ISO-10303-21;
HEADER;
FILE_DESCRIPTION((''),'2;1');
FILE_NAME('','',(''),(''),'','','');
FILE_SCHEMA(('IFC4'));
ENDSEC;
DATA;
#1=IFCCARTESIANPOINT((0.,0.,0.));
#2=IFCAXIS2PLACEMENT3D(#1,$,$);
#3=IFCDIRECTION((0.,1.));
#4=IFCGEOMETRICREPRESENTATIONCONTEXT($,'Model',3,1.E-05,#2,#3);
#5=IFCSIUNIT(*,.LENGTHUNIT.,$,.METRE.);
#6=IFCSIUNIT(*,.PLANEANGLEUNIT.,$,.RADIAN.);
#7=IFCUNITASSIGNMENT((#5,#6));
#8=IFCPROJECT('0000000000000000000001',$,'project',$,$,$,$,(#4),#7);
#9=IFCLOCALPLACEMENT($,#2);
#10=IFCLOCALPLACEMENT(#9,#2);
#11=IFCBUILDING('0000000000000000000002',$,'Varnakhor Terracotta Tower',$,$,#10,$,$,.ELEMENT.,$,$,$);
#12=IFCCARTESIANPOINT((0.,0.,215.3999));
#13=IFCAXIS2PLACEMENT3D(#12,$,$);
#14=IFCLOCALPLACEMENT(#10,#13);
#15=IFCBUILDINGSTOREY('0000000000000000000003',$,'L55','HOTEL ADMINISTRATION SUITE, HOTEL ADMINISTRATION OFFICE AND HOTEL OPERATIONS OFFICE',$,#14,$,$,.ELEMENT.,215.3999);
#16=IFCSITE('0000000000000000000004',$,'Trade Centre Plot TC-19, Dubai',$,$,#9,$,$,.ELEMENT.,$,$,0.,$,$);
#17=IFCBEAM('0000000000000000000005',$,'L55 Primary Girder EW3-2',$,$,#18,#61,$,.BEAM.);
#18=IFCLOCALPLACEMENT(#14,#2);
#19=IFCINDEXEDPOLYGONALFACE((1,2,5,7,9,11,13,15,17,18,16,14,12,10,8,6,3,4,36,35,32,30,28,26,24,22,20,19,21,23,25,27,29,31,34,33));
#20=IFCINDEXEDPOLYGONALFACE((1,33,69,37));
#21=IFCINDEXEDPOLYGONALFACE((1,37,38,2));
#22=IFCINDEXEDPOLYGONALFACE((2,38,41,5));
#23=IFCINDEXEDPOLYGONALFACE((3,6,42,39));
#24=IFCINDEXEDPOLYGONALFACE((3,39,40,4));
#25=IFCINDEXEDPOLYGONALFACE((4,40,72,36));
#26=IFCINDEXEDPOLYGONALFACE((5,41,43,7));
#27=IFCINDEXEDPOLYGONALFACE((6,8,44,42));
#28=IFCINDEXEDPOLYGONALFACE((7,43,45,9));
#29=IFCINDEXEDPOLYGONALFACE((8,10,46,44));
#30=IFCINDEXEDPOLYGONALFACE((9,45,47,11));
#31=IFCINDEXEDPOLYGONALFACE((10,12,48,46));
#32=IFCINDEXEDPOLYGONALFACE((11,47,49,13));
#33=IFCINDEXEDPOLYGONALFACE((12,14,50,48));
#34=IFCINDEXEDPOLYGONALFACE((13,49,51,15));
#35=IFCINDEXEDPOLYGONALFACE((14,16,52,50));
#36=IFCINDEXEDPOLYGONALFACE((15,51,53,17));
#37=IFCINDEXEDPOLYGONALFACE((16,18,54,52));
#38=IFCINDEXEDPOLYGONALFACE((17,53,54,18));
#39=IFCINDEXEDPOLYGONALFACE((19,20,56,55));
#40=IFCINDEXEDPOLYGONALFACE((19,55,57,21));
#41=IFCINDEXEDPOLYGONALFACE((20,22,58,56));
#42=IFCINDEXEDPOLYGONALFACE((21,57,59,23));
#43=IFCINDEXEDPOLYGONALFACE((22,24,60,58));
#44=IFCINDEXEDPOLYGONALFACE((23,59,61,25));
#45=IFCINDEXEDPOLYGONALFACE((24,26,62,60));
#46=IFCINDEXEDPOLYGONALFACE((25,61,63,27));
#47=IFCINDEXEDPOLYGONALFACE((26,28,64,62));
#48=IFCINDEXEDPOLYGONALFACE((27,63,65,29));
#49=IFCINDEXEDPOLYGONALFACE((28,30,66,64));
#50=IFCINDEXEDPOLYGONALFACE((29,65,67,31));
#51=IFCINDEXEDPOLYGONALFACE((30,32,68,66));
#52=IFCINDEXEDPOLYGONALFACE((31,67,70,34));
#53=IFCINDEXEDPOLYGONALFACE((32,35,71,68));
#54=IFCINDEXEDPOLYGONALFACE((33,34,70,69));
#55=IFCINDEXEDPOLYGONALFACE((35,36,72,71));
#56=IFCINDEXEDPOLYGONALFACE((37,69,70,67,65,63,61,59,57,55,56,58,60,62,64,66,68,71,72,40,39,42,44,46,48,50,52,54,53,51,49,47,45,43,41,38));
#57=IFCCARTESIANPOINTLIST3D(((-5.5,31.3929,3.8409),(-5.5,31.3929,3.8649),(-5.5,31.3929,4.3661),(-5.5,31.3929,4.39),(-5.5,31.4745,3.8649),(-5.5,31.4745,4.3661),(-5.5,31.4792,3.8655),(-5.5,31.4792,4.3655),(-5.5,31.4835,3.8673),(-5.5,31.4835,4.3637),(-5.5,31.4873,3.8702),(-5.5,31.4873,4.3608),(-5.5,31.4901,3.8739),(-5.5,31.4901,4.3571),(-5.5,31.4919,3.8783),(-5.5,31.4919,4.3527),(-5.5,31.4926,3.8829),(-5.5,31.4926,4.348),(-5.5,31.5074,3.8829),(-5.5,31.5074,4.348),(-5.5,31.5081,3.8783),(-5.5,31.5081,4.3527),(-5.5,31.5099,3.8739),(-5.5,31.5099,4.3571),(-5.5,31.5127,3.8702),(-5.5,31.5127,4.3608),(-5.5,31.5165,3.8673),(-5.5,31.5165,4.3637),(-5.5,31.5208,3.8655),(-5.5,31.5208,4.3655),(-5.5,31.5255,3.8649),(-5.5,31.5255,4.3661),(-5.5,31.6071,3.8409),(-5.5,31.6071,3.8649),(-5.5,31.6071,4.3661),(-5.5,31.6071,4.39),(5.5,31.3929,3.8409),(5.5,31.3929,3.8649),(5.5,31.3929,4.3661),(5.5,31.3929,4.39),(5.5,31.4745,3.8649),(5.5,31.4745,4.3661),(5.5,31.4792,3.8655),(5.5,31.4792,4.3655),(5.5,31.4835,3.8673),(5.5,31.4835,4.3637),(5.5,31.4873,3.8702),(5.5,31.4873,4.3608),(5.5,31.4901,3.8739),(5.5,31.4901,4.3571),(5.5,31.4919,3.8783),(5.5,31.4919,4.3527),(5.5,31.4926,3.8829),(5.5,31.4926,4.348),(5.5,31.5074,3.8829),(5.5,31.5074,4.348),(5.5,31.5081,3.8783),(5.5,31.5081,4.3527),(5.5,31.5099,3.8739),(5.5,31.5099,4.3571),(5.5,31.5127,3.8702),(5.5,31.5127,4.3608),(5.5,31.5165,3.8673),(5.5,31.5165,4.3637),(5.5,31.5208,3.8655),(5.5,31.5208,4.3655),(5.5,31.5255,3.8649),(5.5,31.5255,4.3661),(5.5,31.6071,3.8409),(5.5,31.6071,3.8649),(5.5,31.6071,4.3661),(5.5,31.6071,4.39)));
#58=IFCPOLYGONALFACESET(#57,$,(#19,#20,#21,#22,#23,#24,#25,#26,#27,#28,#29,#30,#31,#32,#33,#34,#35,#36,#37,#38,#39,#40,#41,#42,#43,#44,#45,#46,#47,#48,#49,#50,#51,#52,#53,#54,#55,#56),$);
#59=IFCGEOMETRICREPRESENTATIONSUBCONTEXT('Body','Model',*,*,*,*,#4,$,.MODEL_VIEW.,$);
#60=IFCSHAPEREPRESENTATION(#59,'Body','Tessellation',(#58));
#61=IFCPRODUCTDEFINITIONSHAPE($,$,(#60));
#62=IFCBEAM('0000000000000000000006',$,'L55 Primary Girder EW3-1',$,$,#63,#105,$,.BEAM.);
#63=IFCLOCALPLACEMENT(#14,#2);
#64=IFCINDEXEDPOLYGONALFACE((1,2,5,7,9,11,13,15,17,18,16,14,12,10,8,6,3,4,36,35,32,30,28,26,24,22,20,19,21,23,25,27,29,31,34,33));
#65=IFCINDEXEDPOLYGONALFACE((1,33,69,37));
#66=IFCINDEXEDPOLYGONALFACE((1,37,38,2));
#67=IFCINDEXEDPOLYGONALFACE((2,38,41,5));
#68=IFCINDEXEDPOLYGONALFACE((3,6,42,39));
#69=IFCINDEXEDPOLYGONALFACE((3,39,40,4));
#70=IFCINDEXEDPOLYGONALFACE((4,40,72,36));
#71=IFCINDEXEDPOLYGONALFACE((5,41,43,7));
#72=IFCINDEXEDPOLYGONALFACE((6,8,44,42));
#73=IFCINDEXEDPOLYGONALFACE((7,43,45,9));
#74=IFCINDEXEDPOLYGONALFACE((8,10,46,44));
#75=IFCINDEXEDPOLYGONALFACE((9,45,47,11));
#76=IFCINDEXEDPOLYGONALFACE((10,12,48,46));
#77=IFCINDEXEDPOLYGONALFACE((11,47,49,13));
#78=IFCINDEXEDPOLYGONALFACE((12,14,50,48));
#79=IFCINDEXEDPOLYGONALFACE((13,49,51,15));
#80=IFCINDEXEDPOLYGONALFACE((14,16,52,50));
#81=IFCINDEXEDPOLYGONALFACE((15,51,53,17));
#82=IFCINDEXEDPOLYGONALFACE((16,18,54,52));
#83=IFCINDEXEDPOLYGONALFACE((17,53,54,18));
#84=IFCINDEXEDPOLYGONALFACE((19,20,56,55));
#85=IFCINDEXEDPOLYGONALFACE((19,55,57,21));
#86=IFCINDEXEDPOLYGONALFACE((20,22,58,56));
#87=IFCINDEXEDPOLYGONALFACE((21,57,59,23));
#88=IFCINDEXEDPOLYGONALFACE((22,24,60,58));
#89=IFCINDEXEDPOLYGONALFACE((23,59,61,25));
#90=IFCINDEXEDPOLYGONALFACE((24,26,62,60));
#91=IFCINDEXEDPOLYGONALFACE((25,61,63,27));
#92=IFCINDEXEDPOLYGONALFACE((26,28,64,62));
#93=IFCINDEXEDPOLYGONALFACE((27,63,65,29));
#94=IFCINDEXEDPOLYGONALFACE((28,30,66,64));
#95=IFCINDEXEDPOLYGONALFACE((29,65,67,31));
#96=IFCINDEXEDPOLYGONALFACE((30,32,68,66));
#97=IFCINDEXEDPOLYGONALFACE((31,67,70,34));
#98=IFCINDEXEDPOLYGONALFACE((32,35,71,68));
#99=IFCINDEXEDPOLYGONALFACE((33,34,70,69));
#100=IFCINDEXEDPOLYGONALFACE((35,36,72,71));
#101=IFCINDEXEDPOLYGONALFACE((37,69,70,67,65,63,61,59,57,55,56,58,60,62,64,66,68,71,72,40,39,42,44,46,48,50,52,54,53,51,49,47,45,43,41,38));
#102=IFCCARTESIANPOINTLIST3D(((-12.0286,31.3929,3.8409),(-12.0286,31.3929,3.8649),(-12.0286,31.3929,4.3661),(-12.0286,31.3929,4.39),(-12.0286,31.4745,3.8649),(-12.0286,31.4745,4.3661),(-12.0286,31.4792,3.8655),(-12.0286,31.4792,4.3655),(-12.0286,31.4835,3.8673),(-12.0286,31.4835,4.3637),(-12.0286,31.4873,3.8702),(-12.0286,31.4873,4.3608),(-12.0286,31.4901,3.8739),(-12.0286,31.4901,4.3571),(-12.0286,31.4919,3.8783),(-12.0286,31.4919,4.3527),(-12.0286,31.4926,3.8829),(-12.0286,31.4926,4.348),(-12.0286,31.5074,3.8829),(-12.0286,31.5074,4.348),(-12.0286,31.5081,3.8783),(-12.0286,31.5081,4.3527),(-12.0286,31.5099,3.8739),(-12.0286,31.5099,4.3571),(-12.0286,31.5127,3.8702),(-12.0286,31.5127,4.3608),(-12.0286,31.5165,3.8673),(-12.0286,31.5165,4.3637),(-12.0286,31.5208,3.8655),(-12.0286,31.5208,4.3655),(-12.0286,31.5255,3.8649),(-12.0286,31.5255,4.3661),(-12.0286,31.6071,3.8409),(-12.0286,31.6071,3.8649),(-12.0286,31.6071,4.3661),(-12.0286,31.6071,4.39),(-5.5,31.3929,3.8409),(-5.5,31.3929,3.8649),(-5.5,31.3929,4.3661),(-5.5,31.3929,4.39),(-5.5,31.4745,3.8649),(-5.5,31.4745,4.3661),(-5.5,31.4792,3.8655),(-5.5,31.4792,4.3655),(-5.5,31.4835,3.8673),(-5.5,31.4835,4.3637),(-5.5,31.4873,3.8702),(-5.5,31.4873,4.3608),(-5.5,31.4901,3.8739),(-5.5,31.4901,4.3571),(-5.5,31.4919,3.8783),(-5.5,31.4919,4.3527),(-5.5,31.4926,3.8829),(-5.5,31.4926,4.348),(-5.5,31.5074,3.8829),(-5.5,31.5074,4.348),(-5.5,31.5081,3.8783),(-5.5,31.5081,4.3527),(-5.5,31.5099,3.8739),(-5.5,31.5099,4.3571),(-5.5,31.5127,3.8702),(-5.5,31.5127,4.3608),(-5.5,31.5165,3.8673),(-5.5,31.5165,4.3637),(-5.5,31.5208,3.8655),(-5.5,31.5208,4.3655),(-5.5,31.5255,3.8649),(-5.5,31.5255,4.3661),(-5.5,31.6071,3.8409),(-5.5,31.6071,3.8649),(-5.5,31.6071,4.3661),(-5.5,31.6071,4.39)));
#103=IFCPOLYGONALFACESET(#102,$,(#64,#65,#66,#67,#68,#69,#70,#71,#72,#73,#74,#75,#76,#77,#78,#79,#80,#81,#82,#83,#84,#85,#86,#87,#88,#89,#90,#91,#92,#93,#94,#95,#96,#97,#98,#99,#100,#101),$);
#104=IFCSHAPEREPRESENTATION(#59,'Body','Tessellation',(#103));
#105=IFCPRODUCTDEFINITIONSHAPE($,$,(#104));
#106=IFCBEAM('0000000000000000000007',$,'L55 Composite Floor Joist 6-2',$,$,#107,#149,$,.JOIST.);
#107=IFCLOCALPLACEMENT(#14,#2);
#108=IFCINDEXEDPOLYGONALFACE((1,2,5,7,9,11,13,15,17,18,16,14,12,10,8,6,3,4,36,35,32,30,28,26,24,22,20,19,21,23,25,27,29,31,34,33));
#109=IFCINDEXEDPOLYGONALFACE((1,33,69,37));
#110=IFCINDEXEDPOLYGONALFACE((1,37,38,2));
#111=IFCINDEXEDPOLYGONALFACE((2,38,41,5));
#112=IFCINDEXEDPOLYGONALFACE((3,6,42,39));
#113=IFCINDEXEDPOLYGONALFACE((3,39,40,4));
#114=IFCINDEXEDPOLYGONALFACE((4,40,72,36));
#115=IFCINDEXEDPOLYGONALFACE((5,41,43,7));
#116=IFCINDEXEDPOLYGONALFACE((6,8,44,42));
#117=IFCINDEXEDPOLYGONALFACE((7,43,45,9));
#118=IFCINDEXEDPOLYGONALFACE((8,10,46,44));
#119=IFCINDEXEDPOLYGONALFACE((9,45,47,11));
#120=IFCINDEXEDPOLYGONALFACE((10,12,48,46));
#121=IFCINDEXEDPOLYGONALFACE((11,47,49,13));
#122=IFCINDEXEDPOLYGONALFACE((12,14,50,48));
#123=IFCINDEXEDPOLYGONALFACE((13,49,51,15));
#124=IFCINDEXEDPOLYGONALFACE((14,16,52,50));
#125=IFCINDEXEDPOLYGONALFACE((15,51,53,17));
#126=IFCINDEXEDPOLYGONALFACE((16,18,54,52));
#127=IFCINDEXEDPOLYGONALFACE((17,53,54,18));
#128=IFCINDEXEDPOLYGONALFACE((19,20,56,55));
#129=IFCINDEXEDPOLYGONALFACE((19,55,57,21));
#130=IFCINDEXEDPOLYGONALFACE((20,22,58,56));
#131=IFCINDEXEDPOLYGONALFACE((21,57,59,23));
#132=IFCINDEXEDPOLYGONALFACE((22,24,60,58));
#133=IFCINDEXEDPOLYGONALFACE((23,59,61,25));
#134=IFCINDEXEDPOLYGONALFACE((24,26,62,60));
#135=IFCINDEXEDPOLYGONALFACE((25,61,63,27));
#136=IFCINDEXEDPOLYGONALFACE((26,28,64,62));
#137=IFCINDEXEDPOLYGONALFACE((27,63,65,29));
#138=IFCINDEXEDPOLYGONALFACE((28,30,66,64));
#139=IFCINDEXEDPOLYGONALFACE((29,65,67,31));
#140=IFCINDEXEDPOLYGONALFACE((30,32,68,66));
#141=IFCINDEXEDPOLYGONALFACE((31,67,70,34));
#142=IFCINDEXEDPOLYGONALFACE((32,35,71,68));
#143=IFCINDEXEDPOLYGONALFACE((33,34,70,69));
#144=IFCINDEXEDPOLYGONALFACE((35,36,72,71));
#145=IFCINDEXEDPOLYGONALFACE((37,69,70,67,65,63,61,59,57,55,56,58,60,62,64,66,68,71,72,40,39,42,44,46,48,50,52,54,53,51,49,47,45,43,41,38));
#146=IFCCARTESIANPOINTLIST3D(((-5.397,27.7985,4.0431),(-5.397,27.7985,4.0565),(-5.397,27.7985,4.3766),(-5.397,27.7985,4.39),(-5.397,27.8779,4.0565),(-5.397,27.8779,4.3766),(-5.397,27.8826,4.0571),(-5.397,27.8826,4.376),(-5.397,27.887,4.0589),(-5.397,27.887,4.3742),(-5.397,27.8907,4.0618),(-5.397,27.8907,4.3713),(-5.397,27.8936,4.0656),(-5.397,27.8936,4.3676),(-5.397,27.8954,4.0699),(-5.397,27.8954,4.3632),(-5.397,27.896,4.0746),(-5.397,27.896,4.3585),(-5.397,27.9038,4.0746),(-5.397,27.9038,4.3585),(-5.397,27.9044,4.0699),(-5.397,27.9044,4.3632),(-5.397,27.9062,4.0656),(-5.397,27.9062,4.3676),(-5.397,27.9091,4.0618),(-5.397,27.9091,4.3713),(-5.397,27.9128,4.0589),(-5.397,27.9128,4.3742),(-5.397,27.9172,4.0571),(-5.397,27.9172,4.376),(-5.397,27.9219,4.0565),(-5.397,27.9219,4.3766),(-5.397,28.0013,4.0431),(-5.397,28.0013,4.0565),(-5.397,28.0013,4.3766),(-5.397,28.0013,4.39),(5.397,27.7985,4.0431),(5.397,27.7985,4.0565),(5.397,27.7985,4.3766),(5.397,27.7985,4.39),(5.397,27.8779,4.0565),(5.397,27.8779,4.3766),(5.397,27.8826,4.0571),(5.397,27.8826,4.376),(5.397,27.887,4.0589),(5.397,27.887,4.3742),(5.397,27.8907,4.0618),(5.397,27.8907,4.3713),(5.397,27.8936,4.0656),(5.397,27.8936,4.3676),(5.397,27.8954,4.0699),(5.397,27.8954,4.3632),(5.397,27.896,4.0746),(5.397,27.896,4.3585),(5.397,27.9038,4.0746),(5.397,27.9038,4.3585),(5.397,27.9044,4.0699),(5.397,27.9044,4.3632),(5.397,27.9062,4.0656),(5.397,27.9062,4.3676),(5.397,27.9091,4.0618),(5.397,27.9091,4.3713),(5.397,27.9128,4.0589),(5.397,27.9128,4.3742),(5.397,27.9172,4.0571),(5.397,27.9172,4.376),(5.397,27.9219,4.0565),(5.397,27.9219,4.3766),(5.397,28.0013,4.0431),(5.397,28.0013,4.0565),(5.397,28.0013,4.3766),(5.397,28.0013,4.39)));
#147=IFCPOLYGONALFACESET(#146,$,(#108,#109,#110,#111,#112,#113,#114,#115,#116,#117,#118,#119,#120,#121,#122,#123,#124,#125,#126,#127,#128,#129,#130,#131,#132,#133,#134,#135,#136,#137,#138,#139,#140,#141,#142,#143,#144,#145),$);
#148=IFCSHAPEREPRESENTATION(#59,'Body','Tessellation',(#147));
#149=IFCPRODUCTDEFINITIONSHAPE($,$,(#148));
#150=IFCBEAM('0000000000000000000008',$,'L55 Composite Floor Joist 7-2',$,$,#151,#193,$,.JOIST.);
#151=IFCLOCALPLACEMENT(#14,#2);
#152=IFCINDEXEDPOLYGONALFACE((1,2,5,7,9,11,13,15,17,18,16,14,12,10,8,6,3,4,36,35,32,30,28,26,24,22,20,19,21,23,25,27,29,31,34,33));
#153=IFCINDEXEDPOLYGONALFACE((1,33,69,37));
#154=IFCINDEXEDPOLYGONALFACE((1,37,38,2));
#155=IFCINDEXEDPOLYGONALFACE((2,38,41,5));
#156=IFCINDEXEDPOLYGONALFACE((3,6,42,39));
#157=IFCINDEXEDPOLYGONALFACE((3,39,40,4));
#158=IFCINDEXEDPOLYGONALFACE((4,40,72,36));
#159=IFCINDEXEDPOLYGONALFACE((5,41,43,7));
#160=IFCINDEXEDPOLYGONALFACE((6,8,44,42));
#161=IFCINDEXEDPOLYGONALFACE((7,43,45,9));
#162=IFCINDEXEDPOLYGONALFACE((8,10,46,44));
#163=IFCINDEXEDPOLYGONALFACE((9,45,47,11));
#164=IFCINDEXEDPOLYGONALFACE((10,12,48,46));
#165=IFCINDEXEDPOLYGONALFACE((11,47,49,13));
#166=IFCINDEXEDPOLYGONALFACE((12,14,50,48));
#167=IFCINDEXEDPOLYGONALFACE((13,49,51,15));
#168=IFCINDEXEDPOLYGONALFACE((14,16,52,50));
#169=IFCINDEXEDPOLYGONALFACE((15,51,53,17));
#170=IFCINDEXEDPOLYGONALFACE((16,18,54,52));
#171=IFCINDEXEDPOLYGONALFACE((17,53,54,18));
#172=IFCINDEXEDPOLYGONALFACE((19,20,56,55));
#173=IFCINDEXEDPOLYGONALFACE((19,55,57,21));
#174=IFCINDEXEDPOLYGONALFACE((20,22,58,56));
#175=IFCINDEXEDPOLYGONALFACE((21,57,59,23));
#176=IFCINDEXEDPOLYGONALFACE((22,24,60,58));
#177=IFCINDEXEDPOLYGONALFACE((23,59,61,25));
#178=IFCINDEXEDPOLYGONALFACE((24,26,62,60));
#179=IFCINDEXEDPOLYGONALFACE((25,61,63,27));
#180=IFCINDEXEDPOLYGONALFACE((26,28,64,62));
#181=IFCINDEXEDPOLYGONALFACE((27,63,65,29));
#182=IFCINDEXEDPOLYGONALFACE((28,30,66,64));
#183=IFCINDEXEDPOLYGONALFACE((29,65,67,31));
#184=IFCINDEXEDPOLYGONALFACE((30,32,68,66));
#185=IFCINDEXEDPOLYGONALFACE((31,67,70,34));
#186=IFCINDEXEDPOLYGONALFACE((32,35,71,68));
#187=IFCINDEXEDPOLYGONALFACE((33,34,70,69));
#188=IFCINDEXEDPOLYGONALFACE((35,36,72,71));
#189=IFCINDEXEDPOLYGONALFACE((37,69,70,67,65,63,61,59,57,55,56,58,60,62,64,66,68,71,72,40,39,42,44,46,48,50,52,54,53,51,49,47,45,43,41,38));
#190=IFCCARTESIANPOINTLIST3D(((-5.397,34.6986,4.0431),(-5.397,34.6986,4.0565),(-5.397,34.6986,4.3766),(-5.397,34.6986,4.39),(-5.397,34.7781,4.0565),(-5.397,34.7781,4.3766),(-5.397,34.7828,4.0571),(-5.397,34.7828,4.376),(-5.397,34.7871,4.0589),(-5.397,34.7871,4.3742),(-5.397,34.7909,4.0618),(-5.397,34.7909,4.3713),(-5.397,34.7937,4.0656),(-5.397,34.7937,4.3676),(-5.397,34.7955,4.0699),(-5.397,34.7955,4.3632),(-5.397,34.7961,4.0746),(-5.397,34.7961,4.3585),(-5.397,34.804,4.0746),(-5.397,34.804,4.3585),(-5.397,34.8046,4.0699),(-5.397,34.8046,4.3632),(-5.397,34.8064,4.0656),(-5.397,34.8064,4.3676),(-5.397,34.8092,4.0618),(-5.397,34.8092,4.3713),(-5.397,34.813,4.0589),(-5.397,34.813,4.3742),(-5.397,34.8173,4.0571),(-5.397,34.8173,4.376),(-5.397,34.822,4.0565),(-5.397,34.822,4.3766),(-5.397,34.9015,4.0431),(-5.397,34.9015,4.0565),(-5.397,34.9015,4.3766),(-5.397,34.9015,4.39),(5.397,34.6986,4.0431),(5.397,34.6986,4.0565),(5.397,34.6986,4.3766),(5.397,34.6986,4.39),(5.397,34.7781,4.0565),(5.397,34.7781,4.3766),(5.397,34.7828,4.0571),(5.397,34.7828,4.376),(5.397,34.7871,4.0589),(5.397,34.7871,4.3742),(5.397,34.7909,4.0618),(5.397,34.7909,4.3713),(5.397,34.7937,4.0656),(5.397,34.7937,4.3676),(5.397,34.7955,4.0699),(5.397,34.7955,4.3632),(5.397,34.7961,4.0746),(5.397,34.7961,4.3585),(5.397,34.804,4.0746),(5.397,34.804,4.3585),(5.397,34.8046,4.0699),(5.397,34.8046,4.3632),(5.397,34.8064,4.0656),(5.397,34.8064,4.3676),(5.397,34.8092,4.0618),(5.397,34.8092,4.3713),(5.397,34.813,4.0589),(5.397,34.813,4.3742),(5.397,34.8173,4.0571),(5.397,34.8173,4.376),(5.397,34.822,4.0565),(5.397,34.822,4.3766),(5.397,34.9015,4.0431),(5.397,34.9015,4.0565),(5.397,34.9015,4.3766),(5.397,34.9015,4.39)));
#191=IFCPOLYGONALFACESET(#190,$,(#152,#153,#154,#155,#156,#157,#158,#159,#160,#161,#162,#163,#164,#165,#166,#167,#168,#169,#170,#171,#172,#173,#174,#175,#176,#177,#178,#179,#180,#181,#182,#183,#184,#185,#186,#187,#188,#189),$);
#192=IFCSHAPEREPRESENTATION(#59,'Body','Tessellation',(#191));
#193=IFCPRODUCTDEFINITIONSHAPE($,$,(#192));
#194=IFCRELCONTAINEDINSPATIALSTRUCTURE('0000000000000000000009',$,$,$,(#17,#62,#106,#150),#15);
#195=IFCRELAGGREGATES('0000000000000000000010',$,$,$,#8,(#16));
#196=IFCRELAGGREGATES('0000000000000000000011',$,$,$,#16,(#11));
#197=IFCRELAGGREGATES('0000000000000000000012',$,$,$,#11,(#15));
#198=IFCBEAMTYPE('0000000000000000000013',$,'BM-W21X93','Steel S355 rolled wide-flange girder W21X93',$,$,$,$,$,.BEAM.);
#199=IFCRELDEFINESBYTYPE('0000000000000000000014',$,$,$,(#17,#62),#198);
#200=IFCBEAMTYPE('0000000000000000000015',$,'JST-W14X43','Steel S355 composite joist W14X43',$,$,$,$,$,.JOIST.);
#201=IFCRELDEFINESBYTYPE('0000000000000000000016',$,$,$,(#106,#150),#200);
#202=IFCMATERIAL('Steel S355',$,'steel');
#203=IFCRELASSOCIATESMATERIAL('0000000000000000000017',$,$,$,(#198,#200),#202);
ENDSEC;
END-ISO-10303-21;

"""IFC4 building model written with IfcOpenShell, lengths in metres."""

from ifc_helpers import new_model, si_unit, direction, frame, origin, origin_2d, place, context, subcontext, project, spatial, i_section, extrude, source, transform, mapped, material, material_profile, profile_set, type_object, element, save


model = new_model("IFC4")

# Units and contexts
model_context = context("Model", 3, precision=1e-05, world=origin(), true_north=direction((0.0, 1.0)))
body_context = subcontext(model_context, "Body", "Model", "MODEL_VIEW")
ifc_project = project(units=[si_unit("LENGTHUNIT", "METRE"), si_unit("PLANEANGLEUNIT", "RADIAN")], contexts=[model_context])

# Site, building, storey
site_placement = place(None, origin())
site = spatial("IfcSite", under=ifc_project, at=site_placement, Name="Trade Centre Plot TC-19, Dubai", CompositionType="ELEMENT", RefElevation=0.0)
building_placement = place(site_placement, origin())
building = spatial("IfcBuilding", under=site, at=building_placement, Name="Varnakhor Terracotta Tower", CompositionType="ELEMENT")
storey_placement = place(building_placement, frame((0.0, 0.0, 215.3999)))
storey = spatial("IfcBuildingStorey", under=building, at=storey_placement, Name="L55", Description="HOTEL ADMINISTRATION SUITE, HOTEL ADMINISTRATION OFFICE AND HOTEL OPERATIONS OFFICE", CompositionType="ELEMENT", Elevation=215.3999)

# Beams
ifc_material_1 = material(Name="Steel S355", Category="steel")
ifc_material_profile_1 = material_profile(ifc_material_1, i_section(OverallWidth=0.2141, OverallDepth=0.5491, WebThickness=0.0149, FlangeThickness=0.0239, FilletRadius=0.0181, at=origin_2d()), Name="W21X93")
ifc_profile_set_1 = profile_set([ifc_material_profile_1], Name="Steel S355")
beam_type_1 = type_object("IfcBeamType", Name="BM-W21X93", Description="Steel S355 rolled wide-flange girder W21X93", PredefinedType="BEAM", material=ifc_profile_set_1)
shared_shape_1 = source(origin(), body_context, "Body", "SweptSolid", [
    extrude(i_section(OverallWidth=0.2141, OverallDepth=0.5491, WebThickness=0.0149, FlangeThickness=0.0239, FilletRadius=0.0181, at=origin_2d()), origin(), (0.0, 0.0, 1.0), 11.0),
])
beam_1_placement = place(storey_placement, frame((-5.5, 31.5, 4.1155), z_axis=(1.0, 0.0, 0.0), x_axis=(0.0, 1.0, 0.0)))
element("IfcBeam", 1, at=beam_1_placement, inside=storey, type_object=beam_type_1, Name="L55 Primary Girder EW3-2", PredefinedType="BEAM", context=body_context, shape_type="MappedRepresentation", body=[
    mapped(shared_shape_1, transform((0.0, 0.0, 0.0), scale=1.0)),
])
shared_shape_2 = source(origin(), body_context, "Body", "SweptSolid", [
    extrude(i_section(OverallWidth=0.2141, OverallDepth=0.5491, WebThickness=0.0149, FlangeThickness=0.0239, FilletRadius=0.0181, at=origin_2d()), origin(), (0.0, 0.0, 1.0), 6.5286),
])
beam_2_placement = place(storey_placement, frame((-12.0286, 31.5, 4.1155), z_axis=(1.0, 0.0, 0.0), x_axis=(0.0, 1.0, 0.0)))
element("IfcBeam", 2, at=beam_2_placement, inside=storey, type_object=beam_type_1, Name="L55 Primary Girder EW3-1", PredefinedType="BEAM", context=body_context, shape_type="MappedRepresentation", body=[
    mapped(shared_shape_2, transform((0.0, 0.0, 0.0), scale=1.0)),
])
ifc_material_profile_2 = material_profile(ifc_material_1, i_section(OverallWidth=0.2029, OverallDepth=0.3469, WebThickness=0.0078, FlangeThickness=0.0134, FilletRadius=0.0181, at=origin_2d()), Name="W14X43")
ifc_profile_set_2 = profile_set([ifc_material_profile_2], Name="Steel S355")
beam_type_2 = type_object("IfcBeamType", Name="JST-W14X43", Description="Steel S355 composite joist W14X43", PredefinedType="JOIST", material=ifc_profile_set_2)
shared_shape_3 = source(origin(), body_context, "Body", "SweptSolid", [
    extrude(i_section(OverallWidth=0.2029, OverallDepth=0.3469, WebThickness=0.0078, FlangeThickness=0.0134, FilletRadius=0.0181, at=origin_2d()), origin(), (0.0, 0.0, 1.0), 10.7939),
])
for number, where, z_axis, x_axis, name in (
    (3, (-5.397, 27.8999, 4.2166), (1.0, 0.0, 0.0), (0.0, 1.0, 0.0), "L55 Composite Floor Joist 6-2"),
    (4, (-5.397, 34.8, 4.2166), (1.0, 0.0, 0.0), (0.0, 1.0, 0.0), "L55 Composite Floor Joist 7-2"),
):
    element("IfcBeam", number, at=place(storey_placement, frame(where, z_axis=z_axis, x_axis=x_axis)), inside=storey, type_object=beam_type_2, Name=name, PredefinedType="JOIST", context=body_context, shape_type="MappedRepresentation", body=[
        mapped(shared_shape_3, transform((0.0, 0.0, 0.0), scale=1.0)),
    ])

save(model, "model.ifc")
